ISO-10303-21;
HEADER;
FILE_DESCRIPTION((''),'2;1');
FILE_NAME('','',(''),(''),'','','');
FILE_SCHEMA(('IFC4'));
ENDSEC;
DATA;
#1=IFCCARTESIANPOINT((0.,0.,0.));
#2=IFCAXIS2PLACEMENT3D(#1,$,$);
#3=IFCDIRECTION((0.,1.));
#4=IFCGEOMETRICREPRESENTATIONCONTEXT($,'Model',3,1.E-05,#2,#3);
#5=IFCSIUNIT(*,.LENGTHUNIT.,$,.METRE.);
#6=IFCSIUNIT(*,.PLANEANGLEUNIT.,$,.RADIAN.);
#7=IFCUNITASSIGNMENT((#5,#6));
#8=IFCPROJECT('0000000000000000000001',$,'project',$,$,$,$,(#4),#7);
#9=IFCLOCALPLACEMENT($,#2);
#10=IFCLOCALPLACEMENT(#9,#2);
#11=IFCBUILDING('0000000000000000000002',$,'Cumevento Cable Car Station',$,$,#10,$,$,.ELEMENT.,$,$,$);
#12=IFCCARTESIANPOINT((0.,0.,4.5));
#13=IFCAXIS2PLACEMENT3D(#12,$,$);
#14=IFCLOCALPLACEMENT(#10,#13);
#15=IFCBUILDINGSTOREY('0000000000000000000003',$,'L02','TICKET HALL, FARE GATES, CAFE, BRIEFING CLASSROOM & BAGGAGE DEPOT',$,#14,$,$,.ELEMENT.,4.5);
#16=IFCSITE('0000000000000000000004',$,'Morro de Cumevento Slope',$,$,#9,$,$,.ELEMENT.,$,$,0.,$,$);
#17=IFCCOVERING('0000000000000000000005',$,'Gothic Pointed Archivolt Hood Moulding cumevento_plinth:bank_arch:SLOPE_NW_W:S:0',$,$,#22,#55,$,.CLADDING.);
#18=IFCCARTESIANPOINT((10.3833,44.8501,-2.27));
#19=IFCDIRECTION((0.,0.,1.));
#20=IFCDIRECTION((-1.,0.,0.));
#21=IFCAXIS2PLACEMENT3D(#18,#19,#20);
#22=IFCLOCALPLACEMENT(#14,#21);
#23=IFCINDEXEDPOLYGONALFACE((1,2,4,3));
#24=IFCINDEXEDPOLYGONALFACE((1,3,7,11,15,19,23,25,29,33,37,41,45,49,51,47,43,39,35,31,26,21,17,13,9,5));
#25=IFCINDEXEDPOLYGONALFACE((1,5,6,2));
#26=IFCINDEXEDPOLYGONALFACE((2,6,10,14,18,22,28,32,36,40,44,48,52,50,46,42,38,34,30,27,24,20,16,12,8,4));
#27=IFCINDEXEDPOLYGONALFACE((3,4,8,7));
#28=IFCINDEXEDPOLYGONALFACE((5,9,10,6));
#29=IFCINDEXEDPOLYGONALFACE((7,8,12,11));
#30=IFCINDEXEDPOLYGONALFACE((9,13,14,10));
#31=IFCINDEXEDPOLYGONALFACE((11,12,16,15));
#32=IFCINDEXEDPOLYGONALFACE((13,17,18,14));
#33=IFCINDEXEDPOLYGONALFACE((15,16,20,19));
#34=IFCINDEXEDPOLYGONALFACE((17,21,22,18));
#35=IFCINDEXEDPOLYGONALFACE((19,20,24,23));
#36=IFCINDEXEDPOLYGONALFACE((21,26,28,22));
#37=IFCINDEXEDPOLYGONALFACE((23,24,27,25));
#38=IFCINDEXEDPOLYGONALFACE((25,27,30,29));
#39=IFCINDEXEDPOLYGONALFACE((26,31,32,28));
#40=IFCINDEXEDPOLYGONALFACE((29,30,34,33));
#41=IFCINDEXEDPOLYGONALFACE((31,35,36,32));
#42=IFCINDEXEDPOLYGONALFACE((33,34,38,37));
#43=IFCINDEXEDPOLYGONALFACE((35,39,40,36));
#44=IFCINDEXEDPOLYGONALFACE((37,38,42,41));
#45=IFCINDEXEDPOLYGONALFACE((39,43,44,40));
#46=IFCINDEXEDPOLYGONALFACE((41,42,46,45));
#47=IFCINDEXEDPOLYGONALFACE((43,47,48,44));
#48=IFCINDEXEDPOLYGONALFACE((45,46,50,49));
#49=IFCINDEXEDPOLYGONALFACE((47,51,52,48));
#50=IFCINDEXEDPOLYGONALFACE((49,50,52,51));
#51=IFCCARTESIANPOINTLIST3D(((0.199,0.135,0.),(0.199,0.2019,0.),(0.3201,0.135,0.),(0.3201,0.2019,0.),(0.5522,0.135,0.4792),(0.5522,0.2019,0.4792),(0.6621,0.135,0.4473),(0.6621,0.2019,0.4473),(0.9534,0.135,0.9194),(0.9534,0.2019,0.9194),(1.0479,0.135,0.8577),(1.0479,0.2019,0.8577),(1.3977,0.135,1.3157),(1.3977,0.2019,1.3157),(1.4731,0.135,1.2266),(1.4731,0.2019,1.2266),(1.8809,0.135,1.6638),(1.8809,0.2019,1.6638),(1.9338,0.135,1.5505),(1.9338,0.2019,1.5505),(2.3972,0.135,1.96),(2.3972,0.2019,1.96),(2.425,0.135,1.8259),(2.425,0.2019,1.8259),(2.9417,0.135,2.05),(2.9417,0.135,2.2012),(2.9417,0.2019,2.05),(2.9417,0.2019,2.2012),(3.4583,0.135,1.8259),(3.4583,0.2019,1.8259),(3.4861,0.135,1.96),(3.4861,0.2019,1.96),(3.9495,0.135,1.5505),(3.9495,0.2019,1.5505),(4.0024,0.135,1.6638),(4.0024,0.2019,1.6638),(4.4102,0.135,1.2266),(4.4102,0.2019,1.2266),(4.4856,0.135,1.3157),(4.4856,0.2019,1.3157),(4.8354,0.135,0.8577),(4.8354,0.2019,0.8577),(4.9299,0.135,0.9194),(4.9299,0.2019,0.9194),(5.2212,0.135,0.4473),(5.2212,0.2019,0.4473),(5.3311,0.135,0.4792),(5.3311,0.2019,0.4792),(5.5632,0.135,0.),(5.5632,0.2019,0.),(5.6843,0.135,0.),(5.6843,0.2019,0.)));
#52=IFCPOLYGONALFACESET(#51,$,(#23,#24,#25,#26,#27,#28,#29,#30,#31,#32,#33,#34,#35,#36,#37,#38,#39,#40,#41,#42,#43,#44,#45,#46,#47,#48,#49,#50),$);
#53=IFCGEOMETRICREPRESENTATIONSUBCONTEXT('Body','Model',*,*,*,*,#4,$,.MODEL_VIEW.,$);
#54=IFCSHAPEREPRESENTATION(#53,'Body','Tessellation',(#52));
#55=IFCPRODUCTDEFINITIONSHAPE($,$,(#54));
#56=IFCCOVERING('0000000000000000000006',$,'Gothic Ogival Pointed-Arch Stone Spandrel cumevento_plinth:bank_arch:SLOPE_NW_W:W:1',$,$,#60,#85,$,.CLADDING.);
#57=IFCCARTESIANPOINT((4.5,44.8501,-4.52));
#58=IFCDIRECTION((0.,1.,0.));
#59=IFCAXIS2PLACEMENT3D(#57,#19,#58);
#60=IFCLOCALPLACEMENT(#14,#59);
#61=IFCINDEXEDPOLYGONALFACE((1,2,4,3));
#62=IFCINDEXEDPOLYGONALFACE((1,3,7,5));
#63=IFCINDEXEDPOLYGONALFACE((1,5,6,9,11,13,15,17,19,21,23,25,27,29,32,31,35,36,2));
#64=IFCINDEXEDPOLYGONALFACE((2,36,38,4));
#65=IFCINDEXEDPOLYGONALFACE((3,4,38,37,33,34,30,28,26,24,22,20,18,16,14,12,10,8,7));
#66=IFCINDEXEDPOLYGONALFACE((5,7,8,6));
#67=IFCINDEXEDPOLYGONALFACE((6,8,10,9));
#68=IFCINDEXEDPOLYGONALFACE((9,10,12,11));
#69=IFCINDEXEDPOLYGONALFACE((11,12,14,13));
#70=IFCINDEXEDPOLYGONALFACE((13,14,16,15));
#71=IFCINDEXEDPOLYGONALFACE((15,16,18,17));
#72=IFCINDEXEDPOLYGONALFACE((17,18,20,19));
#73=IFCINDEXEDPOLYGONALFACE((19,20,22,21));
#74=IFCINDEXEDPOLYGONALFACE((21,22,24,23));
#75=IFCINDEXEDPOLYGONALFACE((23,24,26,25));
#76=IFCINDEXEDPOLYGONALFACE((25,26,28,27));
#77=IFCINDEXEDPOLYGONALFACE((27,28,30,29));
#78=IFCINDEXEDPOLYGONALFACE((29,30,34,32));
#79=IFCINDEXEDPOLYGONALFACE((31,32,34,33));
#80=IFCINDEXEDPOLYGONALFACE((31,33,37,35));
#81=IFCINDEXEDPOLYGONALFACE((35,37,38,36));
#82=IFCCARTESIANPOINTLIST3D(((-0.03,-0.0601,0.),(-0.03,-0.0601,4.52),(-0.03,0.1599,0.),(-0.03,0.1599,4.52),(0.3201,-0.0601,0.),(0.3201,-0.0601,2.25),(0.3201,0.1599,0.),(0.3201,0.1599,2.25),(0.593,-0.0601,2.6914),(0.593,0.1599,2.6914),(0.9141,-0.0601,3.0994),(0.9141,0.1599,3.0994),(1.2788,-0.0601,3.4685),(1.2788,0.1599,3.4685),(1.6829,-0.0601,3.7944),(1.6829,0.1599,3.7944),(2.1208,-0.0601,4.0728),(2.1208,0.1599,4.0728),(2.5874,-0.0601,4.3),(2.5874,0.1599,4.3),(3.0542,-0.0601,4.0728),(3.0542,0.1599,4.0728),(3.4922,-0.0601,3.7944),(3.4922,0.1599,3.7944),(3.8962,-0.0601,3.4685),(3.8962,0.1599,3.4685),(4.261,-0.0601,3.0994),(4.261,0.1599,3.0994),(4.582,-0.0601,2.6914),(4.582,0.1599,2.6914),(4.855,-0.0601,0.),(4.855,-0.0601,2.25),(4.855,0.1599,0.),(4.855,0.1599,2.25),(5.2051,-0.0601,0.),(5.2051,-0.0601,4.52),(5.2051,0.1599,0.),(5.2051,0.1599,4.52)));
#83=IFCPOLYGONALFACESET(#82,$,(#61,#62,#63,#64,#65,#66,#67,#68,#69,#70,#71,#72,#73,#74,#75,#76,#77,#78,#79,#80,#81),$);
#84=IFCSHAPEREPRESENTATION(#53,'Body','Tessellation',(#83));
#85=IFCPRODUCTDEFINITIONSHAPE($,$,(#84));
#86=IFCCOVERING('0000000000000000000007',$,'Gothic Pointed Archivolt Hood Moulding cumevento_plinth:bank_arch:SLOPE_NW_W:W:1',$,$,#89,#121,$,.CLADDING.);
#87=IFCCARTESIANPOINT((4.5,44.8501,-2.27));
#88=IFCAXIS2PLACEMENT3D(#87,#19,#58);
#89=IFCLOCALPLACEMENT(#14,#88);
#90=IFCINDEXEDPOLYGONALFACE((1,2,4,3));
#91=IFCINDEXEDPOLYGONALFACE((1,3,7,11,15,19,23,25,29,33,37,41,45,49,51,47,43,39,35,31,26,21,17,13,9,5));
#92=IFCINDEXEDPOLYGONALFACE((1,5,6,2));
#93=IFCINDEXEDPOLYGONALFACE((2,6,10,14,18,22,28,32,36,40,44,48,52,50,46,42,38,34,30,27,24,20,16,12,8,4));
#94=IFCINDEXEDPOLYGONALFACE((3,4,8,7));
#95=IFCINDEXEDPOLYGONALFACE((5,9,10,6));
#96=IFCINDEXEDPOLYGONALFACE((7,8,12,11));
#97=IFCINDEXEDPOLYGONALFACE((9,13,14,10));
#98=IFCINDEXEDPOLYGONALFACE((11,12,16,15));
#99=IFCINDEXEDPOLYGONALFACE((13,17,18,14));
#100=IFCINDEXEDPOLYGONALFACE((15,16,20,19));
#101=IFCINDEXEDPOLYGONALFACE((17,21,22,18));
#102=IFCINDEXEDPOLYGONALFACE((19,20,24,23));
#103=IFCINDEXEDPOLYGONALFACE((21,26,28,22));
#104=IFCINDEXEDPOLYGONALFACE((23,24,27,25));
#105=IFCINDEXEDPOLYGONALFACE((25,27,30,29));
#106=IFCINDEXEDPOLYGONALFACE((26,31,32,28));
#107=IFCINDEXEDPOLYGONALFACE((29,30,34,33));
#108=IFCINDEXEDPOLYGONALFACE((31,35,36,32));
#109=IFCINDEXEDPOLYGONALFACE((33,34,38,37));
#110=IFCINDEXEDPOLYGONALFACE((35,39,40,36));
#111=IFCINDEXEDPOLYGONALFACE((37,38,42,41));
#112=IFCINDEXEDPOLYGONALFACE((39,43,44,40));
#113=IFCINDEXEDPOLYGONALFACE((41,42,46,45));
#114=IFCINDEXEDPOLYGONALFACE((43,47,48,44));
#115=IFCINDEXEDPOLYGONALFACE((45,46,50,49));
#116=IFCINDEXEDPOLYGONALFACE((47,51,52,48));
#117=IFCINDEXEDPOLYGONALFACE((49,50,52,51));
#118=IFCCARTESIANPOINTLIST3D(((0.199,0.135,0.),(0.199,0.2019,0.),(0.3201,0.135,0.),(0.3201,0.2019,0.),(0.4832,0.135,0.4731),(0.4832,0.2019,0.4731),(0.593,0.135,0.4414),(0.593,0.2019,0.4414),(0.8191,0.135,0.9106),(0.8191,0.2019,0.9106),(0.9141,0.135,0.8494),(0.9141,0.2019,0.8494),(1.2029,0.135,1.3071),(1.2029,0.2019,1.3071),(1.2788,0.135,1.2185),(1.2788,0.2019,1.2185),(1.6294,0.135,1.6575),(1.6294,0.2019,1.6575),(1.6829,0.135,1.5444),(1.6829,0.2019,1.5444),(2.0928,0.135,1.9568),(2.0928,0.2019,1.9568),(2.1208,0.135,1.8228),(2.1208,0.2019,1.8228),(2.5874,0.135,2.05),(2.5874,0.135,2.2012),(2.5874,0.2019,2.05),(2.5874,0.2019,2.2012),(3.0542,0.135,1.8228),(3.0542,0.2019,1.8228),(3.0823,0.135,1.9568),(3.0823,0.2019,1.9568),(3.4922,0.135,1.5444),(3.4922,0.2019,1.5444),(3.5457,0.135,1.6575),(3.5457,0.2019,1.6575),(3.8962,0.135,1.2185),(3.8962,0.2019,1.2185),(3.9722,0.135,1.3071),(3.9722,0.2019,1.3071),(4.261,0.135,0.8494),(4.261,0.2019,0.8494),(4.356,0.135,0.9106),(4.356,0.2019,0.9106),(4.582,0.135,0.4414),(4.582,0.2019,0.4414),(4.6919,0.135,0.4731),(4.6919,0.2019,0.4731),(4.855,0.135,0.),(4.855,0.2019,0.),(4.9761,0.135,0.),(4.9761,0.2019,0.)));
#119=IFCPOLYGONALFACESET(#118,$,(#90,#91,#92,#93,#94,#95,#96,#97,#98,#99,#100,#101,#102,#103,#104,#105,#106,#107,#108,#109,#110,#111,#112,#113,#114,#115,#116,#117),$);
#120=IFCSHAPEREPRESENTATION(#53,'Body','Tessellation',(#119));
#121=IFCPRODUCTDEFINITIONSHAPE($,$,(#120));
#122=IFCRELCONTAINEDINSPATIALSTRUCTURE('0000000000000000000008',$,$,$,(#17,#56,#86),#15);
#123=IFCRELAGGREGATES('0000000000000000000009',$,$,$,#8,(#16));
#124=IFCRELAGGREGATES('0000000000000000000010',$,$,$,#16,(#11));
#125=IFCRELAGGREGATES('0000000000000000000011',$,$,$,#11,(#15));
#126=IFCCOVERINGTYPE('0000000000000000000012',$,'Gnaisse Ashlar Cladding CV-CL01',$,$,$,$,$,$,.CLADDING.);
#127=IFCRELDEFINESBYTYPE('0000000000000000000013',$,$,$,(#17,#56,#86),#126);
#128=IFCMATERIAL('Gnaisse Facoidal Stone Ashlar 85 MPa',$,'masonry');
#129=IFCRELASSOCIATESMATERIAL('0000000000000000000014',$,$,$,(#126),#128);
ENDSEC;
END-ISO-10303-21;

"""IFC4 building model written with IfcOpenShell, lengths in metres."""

from ifc_helpers import new_model, si_unit, direction, frame, origin, place, context, subcontext, project, spatial, polyline, outline, extrude, material, type_object, element, save


model = new_model("IFC4")

# Units and contexts
model_context = context("Model", 3, precision=1e-05, world=origin(), true_north=direction((0.0, 1.0)))
body_context = subcontext(model_context, "Body", "Model", "MODEL_VIEW")
ifc_project = project(units=[si_unit("LENGTHUNIT", "METRE"), si_unit("PLANEANGLEUNIT", "RADIAN")], contexts=[model_context])

# Site, building, storey
site_placement = place(None, origin())
site = spatial("IfcSite", under=ifc_project, at=site_placement, Name="Morro de Cumevento Slope", CompositionType="ELEMENT", RefElevation=0.0)
building_placement = place(site_placement, origin())
building = spatial("IfcBuilding", under=site, at=building_placement, Name="Cumevento Cable Car Station", CompositionType="ELEMENT")
storey_placement = place(building_placement, frame((0.0, 0.0, 4.5)))
storey = spatial("IfcBuildingStorey", under=building, at=storey_placement, Name="L02", Description="TICKET HALL, FARE GATES, CAFE, BRIEFING CLASSROOM & BAGGAGE DEPOT", CompositionType="ELEMENT", Elevation=4.5)

# Coverings
ifc_material_1 = material(Name="Gnaisse Facoidal Stone Ashlar 85 MPa", Category="masonry")
covering_type = type_object("IfcCoveringType", Name="Gnaisse Ashlar Cladding CV-CL01", PredefinedType="CLADDING", material=ifc_material_1)
covering_1_placement = place(storey_placement, frame((10.3833, 44.8501, -2.27), z_axis=(0.0, 0.0, 1.0), x_axis=(-1.0, 0.0, 0.0)))
element("IfcCovering", 1, at=covering_1_placement, inside=storey, type_object=covering_type, Name="Gothic Pointed Archivolt Hood Moulding cumevento_plinth:bank_arch:SLOPE_NW_W:S:0", PredefinedType="CLADDING", context=body_context, shape_type="SweptSolid", body=[
    extrude(outline(polyline([(0.3201, 0.0), (0.6621, 0.4473), (1.0479, 0.8577), (1.4731, 1.2266), (1.9338, 1.5505), (2.425, 1.8259), (2.9417, 2.05), (3.4583, 1.8259), (3.9495, 1.5505), (4.4102, 1.2266), (4.8354, 0.8577), (5.2212, 0.4473), (5.5632, 0.0), (5.6843, 0.0), (5.3311, 0.4792), (4.9299, 0.9194), (4.4856, 1.3157), (4.0024, 1.6638), (3.4861, 1.96), (2.9417, 2.2012), (2.3972, 1.96), (1.8809, 1.6638), (1.3977, 1.3157), (0.9534, 0.9194), (0.5522, 0.4792), (0.199, 0.0), (0.3201, 0.0)])), frame((0.0, 0.2019, 0.0), z_axis=(0.0, -1.0, 0.0), x_axis=(1.0, 0.0, 0.0)), (0.0, 0.0, 1.0), 0.0669),
])
covering_2_placement = place(storey_placement, frame((4.5, 44.8501, -4.52), z_axis=(0.0, 0.0, 1.0), x_axis=(0.0, 1.0, 0.0)))
element("IfcCovering", 2, at=covering_2_placement, inside=storey, type_object=covering_type, Name="Gothic Ogival Pointed-Arch Stone Spandrel cumevento_plinth:bank_arch:SLOPE_NW_W:W:1", PredefinedType="CLADDING", context=body_context, shape_type="SweptSolid", body=[
    extrude(outline(polyline([(-0.03, 0.0), (-0.03, 4.52), (5.2051, 4.52), (5.2051, 0.0), (4.855, 0.0), (4.855, 2.25), (4.582, 2.6914), (4.261, 3.0994), (3.8962, 3.4685), (3.4922, 3.7944), (3.0542, 4.0728), (2.5874, 4.3), (2.1208, 4.0728), (1.6829, 3.7944), (1.2788, 3.4685), (0.9141, 3.0994), (0.593, 2.6914), (0.3201, 2.25), (0.3201, 0.0), (-0.03, 0.0)])), frame((0.0, 0.1599, 0.0), z_axis=(0.0, -1.0, 0.0), x_axis=(1.0, 0.0, 0.0)), (0.0, 0.0, 1.0), 0.22),
])
covering_3_placement = place(storey_placement, frame((4.5, 44.8501, -2.27), z_axis=(0.0, 0.0, 1.0), x_axis=(0.0, 1.0, 0.0)))
element("IfcCovering", 3, at=covering_3_placement, inside=storey, type_object=covering_type, Name="Gothic Pointed Archivolt Hood Moulding cumevento_plinth:bank_arch:SLOPE_NW_W:W:1", PredefinedType="CLADDING", context=body_context, shape_type="SweptSolid", body=[
    extrude(outline(polyline([(0.3201, 0.0), (0.593, 0.4414), (0.9141, 0.8494), (1.2788, 1.2185), (1.6829, 1.5444), (2.1208, 1.8228), (2.5874, 2.05), (3.0542, 1.8228), (3.4922, 1.5444), (3.8962, 1.2185), (4.261, 0.8494), (4.582, 0.4414), (4.855, 0.0), (4.9761, 0.0), (4.6919, 0.4731), (4.356, 0.9106), (3.9722, 1.3071), (3.5457, 1.6575), (3.0823, 1.9568), (2.5874, 2.2012), (2.0928, 1.9568), (1.6294, 1.6575), (1.2029, 1.3071), (0.8191, 0.9106), (0.4832, 0.4731), (0.199, 0.0), (0.3201, 0.0)])), frame((0.0, 0.2019, 0.0), z_axis=(0.0, -1.0, 0.0), x_axis=(1.0, 0.0, 0.0)), (0.0, 0.0, 1.0), 0.0669),
])

save(model, "model.ifc")
